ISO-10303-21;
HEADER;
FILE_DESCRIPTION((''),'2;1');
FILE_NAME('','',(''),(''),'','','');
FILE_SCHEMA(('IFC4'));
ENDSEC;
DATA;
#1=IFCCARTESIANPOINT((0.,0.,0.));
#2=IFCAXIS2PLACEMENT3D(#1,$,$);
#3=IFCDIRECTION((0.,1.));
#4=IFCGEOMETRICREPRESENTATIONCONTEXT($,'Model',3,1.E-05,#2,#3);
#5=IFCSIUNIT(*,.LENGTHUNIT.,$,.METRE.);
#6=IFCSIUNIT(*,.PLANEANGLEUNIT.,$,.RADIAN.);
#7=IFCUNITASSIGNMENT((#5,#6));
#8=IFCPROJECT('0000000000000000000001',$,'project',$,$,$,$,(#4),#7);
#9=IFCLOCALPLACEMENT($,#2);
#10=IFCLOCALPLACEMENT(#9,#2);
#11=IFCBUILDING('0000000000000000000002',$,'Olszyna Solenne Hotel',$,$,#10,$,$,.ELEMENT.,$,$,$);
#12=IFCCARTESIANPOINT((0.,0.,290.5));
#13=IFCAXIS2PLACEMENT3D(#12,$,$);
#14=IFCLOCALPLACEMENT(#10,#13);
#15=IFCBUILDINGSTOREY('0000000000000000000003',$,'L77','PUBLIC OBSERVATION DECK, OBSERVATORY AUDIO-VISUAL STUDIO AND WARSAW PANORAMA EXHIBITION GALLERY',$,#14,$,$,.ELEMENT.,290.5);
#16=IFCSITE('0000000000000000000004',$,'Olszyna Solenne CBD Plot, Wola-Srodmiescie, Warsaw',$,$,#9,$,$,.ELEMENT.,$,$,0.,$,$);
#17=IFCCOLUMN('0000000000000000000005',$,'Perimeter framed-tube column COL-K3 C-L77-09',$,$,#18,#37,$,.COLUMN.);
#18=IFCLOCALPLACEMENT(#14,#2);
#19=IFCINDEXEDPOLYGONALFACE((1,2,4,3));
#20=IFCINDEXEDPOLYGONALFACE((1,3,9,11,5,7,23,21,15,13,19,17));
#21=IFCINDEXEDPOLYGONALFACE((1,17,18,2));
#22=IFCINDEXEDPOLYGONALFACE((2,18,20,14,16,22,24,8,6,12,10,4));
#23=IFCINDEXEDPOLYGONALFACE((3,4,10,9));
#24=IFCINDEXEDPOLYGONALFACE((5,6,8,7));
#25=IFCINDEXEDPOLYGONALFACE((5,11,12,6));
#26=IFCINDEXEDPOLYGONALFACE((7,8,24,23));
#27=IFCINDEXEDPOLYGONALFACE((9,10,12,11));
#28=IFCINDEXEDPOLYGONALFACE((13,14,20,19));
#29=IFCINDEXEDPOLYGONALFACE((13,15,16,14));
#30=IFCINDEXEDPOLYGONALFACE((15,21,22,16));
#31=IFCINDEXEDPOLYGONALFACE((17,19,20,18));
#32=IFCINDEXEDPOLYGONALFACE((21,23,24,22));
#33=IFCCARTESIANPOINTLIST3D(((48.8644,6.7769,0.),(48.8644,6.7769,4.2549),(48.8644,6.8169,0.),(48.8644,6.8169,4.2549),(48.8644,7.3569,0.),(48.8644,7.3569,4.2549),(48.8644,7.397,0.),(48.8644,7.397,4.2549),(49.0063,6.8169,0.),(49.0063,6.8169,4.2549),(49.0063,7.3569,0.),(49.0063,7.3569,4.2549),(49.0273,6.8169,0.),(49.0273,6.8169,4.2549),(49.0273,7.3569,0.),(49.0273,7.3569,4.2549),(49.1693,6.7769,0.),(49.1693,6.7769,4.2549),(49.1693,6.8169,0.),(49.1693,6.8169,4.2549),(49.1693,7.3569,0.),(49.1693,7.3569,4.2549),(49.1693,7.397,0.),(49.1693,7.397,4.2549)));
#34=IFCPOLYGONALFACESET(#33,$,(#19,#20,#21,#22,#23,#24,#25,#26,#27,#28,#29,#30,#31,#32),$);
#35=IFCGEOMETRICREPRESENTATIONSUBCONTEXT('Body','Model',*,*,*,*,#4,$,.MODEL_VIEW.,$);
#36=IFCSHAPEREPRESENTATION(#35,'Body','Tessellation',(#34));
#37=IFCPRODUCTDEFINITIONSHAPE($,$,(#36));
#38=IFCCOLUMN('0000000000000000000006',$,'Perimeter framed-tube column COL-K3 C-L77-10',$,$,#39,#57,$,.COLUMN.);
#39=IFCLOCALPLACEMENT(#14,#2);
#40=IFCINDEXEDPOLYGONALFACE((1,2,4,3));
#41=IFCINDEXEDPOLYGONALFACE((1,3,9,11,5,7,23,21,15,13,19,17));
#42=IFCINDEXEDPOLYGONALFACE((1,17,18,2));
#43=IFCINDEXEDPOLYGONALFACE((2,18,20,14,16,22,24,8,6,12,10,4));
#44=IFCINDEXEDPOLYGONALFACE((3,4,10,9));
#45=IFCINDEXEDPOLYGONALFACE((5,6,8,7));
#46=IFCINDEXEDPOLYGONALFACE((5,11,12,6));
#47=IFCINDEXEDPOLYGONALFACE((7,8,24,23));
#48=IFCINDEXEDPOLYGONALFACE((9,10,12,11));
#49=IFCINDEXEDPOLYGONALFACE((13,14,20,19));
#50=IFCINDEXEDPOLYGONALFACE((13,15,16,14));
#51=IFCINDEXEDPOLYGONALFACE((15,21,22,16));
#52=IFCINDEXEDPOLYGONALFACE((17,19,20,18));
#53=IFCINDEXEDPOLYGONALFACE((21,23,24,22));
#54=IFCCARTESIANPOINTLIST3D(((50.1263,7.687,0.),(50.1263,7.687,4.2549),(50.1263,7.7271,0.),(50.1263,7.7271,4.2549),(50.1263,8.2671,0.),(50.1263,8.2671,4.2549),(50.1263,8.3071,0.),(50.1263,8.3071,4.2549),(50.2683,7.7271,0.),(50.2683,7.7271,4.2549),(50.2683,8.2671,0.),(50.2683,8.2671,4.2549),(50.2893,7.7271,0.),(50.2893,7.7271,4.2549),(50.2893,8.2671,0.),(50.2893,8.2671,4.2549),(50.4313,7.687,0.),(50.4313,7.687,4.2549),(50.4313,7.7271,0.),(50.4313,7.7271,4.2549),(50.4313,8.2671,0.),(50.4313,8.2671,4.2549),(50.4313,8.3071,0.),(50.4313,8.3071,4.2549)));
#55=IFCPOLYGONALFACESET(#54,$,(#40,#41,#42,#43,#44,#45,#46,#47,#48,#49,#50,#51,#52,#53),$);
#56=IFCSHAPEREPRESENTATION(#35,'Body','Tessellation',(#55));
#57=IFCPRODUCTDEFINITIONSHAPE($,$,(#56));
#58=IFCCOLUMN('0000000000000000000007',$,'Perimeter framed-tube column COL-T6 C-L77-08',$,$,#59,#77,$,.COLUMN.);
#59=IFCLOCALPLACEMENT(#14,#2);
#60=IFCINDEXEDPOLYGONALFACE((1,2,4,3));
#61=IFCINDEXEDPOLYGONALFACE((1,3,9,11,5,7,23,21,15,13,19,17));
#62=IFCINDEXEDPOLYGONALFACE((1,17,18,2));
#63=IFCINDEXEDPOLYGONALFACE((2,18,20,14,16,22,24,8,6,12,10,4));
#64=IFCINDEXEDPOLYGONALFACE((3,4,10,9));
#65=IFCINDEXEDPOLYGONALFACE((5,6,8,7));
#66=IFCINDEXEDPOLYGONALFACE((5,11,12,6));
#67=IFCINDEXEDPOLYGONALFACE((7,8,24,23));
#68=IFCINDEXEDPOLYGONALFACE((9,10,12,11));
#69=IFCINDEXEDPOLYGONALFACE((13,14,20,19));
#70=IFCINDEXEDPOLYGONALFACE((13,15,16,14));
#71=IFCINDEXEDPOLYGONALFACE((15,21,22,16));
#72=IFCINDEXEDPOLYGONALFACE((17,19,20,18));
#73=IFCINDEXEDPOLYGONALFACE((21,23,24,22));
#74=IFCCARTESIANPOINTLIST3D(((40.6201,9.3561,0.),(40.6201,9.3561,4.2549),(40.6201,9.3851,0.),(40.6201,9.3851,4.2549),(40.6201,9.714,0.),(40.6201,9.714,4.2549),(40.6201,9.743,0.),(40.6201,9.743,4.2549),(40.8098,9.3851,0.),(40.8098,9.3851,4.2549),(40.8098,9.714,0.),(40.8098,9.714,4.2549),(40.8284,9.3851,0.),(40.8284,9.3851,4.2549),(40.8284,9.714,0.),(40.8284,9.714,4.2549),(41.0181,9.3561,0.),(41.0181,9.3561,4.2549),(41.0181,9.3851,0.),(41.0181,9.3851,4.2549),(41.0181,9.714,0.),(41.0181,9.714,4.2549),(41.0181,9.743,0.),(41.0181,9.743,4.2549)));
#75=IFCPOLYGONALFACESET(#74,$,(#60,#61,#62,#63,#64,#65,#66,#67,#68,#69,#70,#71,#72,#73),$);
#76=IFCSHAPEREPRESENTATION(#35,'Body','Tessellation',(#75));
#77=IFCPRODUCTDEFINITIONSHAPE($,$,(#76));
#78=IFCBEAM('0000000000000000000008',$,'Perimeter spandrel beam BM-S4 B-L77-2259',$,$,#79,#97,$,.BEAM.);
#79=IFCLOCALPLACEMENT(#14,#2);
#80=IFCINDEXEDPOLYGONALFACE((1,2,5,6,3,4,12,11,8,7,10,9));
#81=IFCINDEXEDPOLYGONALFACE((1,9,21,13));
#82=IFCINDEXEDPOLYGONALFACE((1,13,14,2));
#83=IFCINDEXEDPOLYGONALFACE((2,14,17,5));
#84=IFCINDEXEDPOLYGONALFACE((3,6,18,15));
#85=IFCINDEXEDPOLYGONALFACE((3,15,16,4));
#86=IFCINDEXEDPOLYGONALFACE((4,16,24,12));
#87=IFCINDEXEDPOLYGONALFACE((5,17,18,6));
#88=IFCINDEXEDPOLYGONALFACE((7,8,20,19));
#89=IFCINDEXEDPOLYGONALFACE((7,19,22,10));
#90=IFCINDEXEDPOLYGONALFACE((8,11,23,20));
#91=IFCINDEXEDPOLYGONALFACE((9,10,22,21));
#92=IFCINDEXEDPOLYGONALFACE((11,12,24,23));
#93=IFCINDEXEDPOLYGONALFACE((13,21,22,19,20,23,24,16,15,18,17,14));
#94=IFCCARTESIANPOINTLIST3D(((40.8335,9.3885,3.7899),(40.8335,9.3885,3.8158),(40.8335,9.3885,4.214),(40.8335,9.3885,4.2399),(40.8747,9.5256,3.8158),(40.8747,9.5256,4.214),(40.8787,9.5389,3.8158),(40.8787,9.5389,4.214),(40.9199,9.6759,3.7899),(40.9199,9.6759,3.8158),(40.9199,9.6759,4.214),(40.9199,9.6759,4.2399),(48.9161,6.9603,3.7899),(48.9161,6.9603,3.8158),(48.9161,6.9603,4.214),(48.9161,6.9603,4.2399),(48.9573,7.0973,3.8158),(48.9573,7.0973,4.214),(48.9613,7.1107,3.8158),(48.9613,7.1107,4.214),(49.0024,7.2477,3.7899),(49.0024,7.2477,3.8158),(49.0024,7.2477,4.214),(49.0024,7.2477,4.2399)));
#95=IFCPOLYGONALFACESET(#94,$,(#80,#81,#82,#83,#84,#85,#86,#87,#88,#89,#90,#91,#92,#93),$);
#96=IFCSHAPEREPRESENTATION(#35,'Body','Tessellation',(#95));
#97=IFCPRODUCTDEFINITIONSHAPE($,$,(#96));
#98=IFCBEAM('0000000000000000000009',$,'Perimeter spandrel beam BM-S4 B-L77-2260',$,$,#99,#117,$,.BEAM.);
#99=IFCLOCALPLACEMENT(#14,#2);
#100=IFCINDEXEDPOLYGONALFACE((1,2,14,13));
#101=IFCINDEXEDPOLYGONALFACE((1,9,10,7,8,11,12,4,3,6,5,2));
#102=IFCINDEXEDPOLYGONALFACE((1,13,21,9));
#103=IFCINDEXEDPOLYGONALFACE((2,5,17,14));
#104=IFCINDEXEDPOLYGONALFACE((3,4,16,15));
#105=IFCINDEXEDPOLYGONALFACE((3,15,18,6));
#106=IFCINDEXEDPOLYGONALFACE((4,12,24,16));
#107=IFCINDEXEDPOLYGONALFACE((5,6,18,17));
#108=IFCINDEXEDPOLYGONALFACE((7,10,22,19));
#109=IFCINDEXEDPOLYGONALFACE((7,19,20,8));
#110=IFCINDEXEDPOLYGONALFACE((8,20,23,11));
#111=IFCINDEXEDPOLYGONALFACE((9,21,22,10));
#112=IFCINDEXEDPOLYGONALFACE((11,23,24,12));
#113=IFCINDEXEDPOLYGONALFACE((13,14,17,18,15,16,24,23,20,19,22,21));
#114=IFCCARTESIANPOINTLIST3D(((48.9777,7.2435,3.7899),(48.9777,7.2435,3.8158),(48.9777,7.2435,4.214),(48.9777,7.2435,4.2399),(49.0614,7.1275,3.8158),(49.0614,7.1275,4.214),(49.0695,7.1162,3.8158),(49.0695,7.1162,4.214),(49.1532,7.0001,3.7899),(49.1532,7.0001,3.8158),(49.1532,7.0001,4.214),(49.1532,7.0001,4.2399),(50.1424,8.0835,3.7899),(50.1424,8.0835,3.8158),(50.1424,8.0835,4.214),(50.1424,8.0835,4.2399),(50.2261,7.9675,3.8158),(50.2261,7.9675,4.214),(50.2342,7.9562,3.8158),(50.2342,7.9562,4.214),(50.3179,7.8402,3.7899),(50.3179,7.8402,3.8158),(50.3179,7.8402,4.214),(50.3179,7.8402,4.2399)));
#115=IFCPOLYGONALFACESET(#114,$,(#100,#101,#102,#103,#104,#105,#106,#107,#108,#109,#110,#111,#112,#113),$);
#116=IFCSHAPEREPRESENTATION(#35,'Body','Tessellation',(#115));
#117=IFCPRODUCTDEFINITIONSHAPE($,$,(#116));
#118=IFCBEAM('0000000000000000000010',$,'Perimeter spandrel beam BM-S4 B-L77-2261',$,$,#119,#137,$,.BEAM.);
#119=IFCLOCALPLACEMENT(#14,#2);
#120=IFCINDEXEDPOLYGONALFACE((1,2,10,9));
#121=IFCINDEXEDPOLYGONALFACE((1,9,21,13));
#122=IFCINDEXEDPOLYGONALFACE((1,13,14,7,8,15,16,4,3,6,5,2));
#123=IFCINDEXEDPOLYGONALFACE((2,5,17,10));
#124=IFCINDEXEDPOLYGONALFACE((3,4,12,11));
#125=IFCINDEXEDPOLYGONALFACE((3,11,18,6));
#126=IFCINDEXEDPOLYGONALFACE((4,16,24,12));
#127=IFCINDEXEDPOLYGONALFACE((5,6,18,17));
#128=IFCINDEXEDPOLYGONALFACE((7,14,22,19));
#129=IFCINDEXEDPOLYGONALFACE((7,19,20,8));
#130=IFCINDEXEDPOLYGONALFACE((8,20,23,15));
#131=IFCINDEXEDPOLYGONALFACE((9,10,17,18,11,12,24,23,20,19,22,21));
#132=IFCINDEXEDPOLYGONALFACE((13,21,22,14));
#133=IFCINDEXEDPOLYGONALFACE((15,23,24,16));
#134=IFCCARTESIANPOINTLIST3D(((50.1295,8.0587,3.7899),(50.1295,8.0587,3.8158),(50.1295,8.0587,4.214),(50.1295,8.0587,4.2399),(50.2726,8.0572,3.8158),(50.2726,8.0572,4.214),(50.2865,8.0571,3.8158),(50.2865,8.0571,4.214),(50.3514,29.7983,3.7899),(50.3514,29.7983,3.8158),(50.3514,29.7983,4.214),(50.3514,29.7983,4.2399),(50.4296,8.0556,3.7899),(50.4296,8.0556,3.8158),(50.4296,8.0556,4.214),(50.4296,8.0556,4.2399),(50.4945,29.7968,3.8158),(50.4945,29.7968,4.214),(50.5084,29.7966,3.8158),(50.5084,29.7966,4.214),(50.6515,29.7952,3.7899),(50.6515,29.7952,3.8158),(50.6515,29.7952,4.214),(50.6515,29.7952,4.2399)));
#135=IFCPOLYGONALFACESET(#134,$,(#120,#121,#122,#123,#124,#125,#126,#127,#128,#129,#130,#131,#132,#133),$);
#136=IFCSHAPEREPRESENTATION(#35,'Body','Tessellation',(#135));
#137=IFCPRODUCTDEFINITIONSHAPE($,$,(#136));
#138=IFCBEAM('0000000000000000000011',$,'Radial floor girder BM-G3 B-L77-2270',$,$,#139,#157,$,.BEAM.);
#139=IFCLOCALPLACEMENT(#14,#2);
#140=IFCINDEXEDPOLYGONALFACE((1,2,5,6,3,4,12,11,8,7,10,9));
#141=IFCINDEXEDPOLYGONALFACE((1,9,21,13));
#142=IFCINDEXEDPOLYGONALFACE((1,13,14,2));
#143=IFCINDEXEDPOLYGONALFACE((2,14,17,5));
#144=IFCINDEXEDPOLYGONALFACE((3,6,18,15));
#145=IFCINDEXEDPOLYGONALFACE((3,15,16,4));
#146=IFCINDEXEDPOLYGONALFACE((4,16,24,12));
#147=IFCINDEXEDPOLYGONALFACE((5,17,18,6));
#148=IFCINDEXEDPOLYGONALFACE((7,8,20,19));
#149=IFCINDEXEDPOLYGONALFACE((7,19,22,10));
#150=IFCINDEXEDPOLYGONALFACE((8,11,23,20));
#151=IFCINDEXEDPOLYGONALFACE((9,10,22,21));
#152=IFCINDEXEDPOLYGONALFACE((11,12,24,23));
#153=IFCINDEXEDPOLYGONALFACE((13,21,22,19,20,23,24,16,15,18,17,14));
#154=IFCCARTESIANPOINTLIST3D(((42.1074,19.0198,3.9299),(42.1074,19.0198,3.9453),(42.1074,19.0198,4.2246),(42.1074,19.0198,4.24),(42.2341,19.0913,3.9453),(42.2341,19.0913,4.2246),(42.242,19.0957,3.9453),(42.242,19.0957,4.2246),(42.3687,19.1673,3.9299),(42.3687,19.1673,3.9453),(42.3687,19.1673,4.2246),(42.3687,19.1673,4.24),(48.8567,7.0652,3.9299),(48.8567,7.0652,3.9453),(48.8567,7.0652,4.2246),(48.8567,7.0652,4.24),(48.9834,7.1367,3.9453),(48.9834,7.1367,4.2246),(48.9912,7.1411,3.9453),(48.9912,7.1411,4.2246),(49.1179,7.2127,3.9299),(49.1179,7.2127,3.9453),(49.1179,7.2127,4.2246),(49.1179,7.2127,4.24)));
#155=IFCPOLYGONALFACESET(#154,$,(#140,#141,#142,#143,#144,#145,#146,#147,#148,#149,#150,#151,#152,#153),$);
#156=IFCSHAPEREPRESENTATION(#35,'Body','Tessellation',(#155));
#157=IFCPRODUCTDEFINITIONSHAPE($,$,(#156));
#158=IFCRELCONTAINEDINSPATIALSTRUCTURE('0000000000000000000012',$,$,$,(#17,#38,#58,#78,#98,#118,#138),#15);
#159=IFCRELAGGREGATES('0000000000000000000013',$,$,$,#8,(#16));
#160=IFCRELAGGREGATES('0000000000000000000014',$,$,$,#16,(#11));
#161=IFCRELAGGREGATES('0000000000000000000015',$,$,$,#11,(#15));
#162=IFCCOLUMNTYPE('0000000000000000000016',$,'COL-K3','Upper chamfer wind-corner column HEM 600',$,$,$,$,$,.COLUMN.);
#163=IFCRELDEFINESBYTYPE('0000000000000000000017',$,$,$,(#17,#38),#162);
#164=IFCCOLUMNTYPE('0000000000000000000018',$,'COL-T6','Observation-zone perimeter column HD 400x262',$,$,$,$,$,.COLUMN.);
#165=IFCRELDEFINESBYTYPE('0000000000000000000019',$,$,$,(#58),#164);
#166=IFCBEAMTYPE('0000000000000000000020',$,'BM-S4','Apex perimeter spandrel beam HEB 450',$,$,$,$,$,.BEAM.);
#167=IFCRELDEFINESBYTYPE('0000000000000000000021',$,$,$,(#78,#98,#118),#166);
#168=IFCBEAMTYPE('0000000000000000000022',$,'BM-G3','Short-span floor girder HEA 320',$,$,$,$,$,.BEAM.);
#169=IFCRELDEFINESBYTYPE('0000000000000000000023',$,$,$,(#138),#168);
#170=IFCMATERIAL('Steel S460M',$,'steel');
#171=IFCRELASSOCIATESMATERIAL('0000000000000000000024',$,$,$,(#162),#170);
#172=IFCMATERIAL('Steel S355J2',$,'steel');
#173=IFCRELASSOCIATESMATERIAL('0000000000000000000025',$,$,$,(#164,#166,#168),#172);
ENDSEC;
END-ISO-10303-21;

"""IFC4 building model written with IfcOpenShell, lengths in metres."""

from ifc_helpers import new_model, si_unit, direction, frame, origin, origin_2d, place, context, subcontext, project, spatial, i_section, extrude, source, transform, mapped, material, material_profile, profile_set, type_object, element, save


model = new_model("IFC4")

# Units and contexts
model_context = context("Model", 3, precision=1e-05, world=origin(), true_north=direction((0.0, 1.0)))
body_context = subcontext(model_context, "Body", "Model", "MODEL_VIEW")
ifc_project = project(units=[si_unit("LENGTHUNIT", "METRE"), si_unit("PLANEANGLEUNIT", "RADIAN")], contexts=[model_context])

# Site, building, storey
site_placement = place(None, origin())
site = spatial("IfcSite", under=ifc_project, at=site_placement, Name="Olszyna Solenne CBD Plot, Wola-Srodmiescie, Warsaw", CompositionType="ELEMENT", RefElevation=0.0)
building_placement = place(site_placement, origin())
building = spatial("IfcBuilding", under=site, at=building_placement, Name="Olszyna Solenne Hotel", CompositionType="ELEMENT")
storey_placement = place(building_placement, frame((0.0, 0.0, 290.5)))
storey = spatial("IfcBuildingStorey", under=building, at=storey_placement, Name="L77", Description="PUBLIC OBSERVATION DECK, OBSERVATORY AUDIO-VISUAL STUDIO AND WARSAW PANORAMA EXHIBITION GALLERY", CompositionType="ELEMENT", Elevation=290.5)

# Columns
ifc_material_1 = material(Name="Steel S460M", Category="steel")
ifc_material_profile_1 = material_profile(ifc_material_1, i_section(OverallWidth=0.3049, OverallDepth=0.6201, WebThickness=0.021, FlangeThickness=0.04, at=origin_2d()), Name="HEM 600", Category="load-bearing")
ifc_profile_set_1 = profile_set([ifc_material_profile_1], Name="Steel S460M")
column_type_1 = type_object("IfcColumnType", Name="COL-K3", Description="Upper chamfer wind-corner column HEM 600", PredefinedType="COLUMN", material=ifc_profile_set_1)
shared_shape_1 = source(origin(), body_context, "Body", "SweptSolid", [
    extrude(i_section(OverallWidth=0.3049, OverallDepth=0.6201, WebThickness=0.021, FlangeThickness=0.04, at=origin_2d()), origin(), (0.0, 0.0, 1.0), 4.2549),
])
for number, where, z_axis, x_axis, name in (
    (1, (49.0168, 7.0869, 0.0), (0.0, 0.0, 1.0), (1.0, 0.0, 0.0), "Perimeter framed-tube column COL-K3 C-L77-09"),
    (2, (50.2788, 7.9971, 0.0), (0.0, 0.0, 1.0), (1.0, 0.0, 0.0), "Perimeter framed-tube column COL-K3 C-L77-10"),
):
    element("IfcColumn", number, at=place(storey_placement, frame(where, z_axis=z_axis, x_axis=x_axis)), inside=storey, type_object=column_type_1, Name=name, PredefinedType="COLUMN", context=body_context, shape_type="MappedRepresentation", body=[
        mapped(shared_shape_1, transform((0.0, 0.0, 0.0), x_axis=(1.0, 0.0, 0.0), y_axis=(0.0, 1.0, 0.0), z_axis=(0.0, 0.0, 1.0), scale=1.0)),
    ])
ifc_material_2 = material(Name="Steel S355J2", Category="steel")
ifc_material_profile_2 = material_profile(ifc_material_2, i_section(OverallWidth=0.3979, OverallDepth=0.387, WebThickness=0.0186, FlangeThickness=0.0291, at=origin_2d()), Name="HD 400x262", Category="load-bearing")
ifc_profile_set_2 = profile_set([ifc_material_profile_2], Name="Steel S355J2")
column_type_2 = type_object("IfcColumnType", Name="COL-T6", Description="Observation-zone perimeter column HD 400x262", PredefinedType="COLUMN", material=ifc_profile_set_2)
shared_shape_2 = source(origin(), body_context, "Body", "SweptSolid", [
    extrude(i_section(OverallWidth=0.3979, OverallDepth=0.387, WebThickness=0.0186, FlangeThickness=0.0291, at=origin_2d()), origin(), (0.0, 0.0, 1.0), 4.2549),
])
column_placement = place(storey_placement, frame((40.8191, 9.5496, 0.0), z_axis=(0.0, 0.0, 1.0), x_axis=(1.0, 0.0, 0.0)))
element("IfcColumn", 3, at=column_placement, inside=storey, type_object=column_type_2, Name="Perimeter framed-tube column COL-T6 C-L77-08", PredefinedType="COLUMN", context=body_context, shape_type="MappedRepresentation", body=[
    mapped(shared_shape_2, transform((0.0, 0.0, 0.0), x_axis=(1.0, 0.0, 0.0), y_axis=(0.0, 1.0, 0.0), z_axis=(0.0, 0.0, 1.0), scale=1.0)),
])

# Beams
ifc_material_profile_3 = material_profile(ifc_material_2, i_section(OverallWidth=0.3, OverallDepth=0.45, WebThickness=0.0139, FlangeThickness=0.0259, at=origin_2d()), Name="HEB 450", Category="load-bearing")
ifc_profile_set_3 = profile_set([ifc_material_profile_3], Name="Steel S355J2")
beam_type_1 = type_object("IfcBeamType", Name="BM-S4", Description="Apex perimeter spandrel beam HEB 450", PredefinedType="BEAM", material=ifc_profile_set_3)
shared_shape_3 = source(origin(), body_context, "Body", "SweptSolid", [
    extrude(i_section(OverallWidth=0.3, OverallDepth=0.45, WebThickness=0.0139, FlangeThickness=0.0259, at=origin_2d()), origin(), (0.0, 0.0, 1.0), 8.4395),
])
beam_1_placement = place(storey_placement, frame((40.8767, 9.5322, 4.0149), z_axis=(0.957713, -0.287725, 0.0), x_axis=(0.287725, 0.957713, 0.0)))
element("IfcBeam", 4, at=beam_1_placement, inside=storey, type_object=beam_type_1, Name="Perimeter spandrel beam BM-S4 B-L77-2259", PredefinedType="BEAM", context=body_context, shape_type="MappedRepresentation", body=[
    mapped(shared_shape_3, transform((0.0, 0.0, 0.0), x_axis=(1.0, 0.0, 0.0), y_axis=(0.0, 1.0, 0.0), z_axis=(0.0, 0.0, 1.0), scale=1.0)),
])
shared_shape_4 = source(origin(), body_context, "Body", "SweptSolid", [
    extrude(i_section(OverallWidth=0.3, OverallDepth=0.45, WebThickness=0.0139, FlangeThickness=0.0259, at=origin_2d()), origin(), (0.0, 0.0, 1.0), 1.436),
])
beam_2_placement = place(storey_placement, frame((49.0654, 7.1218, 4.0149), z_axis=(0.81106, 0.584963, 0.0), x_axis=(-0.584963, 0.81106, 0.0)))
element("IfcBeam", 5, at=beam_2_placement, inside=storey, type_object=beam_type_1, Name="Perimeter spandrel beam BM-S4 B-L77-2260", PredefinedType="BEAM", context=body_context, shape_type="MappedRepresentation", body=[
    mapped(shared_shape_4, transform((0.0, 0.0, 0.0), x_axis=(1.0, 0.0, 0.0), y_axis=(0.0, 1.0, 0.0), z_axis=(0.0, 0.0, 1.0), scale=1.0)),
])
shared_shape_5 = source(origin(), body_context, "Body", "SweptSolid", [
    extrude(i_section(OverallWidth=0.3, OverallDepth=0.45, WebThickness=0.0139, FlangeThickness=0.0259, at=origin_2d()), origin(), (0.0, 0.0, 1.0), 21.7407),
])
beam_3_placement = place(storey_placement, frame((50.2795, 8.0571, 4.0149), z_axis=(0.010208, 0.999948, 0.0), x_axis=(-0.999948, 0.010208, 0.0)))
element("IfcBeam", 6, at=beam_3_placement, inside=storey, type_object=beam_type_1, Name="Perimeter spandrel beam BM-S4 B-L77-2261", PredefinedType="BEAM", context=body_context, shape_type="MappedRepresentation", body=[
    mapped(shared_shape_5, transform((0.0, 0.0, 0.0), x_axis=(1.0, 0.0, 0.0), y_axis=(0.0, 1.0, 0.0), z_axis=(0.0, 0.0, 1.0), scale=1.0)),
])
ifc_material_profile_4 = material_profile(ifc_material_2, i_section(OverallWidth=0.3, OverallDepth=0.3101, WebThickness=0.009, FlangeThickness=0.0154, at=origin_2d()), Name="HEA 320", Category="load-bearing")
ifc_profile_set_4 = profile_set([ifc_material_profile_4], Name="Steel S355J2")
beam_type_2 = type_object("IfcBeamType", Name="BM-G3", Description="Short-span floor girder HEA 320", PredefinedType="BEAM", material=ifc_profile_set_4)
shared_shape_6 = source(origin(), body_context, "Body", "SweptSolid", [
    extrude(i_section(OverallWidth=0.3, OverallDepth=0.3101, WebThickness=0.009, FlangeThickness=0.0154, at=origin_2d()), origin(), (0.0, 0.0, 1.0), 13.7283),
])
beam_4_placement = place(storey_placement, frame((48.9873, 7.1389, 4.085), z_axis=(-0.491634, 0.870802, 0.0), x_axis=(-0.870802, -0.491634, 0.0)))
element("IfcBeam", 7, at=beam_4_placement, inside=storey, type_object=beam_type_2, Name="Radial floor girder BM-G3 B-L77-2270", PredefinedType="BEAM", context=body_context, shape_type="MappedRepresentation", body=[
    mapped(shared_shape_6, transform((0.0, 0.0, 0.0), x_axis=(1.0, 0.0, 0.0), y_axis=(0.0, 1.0, 0.0), z_axis=(0.0, 0.0, 1.0), scale=1.0)),
])

save(model, "model.ifc")
